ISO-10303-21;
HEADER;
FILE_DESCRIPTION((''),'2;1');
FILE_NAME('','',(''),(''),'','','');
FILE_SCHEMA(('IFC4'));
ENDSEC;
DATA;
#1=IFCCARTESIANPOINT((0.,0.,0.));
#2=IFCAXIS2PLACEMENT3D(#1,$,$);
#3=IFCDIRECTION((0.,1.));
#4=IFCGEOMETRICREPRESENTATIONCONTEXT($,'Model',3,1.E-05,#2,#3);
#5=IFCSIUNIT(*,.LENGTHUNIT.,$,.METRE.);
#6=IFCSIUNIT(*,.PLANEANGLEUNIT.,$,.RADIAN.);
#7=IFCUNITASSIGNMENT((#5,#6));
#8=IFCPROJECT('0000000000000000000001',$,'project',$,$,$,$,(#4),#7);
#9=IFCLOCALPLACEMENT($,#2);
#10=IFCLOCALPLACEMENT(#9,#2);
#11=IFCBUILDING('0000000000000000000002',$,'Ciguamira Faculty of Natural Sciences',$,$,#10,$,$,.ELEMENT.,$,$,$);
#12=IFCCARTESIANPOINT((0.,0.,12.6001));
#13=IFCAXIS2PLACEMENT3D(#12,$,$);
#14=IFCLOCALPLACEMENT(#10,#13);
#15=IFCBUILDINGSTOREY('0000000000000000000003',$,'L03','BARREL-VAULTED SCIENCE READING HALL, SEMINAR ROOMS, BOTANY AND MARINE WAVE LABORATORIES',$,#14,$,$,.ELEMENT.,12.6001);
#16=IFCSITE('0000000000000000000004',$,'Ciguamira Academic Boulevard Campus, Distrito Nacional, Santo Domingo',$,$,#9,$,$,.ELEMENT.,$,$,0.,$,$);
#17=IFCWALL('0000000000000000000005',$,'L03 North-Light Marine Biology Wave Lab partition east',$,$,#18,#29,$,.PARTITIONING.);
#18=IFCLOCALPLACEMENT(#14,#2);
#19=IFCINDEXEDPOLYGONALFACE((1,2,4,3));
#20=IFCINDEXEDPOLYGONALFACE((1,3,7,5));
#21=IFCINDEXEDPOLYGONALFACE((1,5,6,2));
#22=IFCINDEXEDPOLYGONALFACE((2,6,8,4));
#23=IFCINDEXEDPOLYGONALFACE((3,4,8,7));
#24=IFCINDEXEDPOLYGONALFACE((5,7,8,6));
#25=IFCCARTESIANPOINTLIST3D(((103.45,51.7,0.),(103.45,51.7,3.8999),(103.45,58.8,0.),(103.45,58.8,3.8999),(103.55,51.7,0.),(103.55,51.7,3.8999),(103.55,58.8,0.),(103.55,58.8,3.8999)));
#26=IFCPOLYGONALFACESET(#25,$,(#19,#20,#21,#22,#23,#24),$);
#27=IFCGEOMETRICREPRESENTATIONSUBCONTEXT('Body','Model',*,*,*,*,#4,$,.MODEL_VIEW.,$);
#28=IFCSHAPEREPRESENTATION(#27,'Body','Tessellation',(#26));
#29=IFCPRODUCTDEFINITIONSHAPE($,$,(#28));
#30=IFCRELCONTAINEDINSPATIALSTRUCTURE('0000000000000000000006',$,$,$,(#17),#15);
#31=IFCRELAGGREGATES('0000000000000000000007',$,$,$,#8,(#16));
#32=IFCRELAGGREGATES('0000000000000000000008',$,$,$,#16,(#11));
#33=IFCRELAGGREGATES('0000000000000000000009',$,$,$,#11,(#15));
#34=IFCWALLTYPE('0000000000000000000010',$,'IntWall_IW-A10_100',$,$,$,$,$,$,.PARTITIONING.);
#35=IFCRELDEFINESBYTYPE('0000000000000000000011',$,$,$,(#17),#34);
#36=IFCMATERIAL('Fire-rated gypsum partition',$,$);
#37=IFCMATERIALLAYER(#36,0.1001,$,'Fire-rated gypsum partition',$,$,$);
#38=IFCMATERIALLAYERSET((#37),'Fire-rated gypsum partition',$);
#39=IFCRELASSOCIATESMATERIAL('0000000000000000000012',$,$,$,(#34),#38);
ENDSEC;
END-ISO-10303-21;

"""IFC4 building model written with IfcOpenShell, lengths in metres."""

from ifc_helpers import new_model, si_unit, direction, frame, frame_2d, origin, place, context, subcontext, project, spatial, rectangle, extrude, material, layer, layer_set, type_object, element, save


model = new_model("IFC4")

# Units and contexts
model_context = context("Model", 3, precision=1e-05, world=origin(), true_north=direction((0.0, 1.0)))
body_context = subcontext(model_context, "Body", "Model", "MODEL_VIEW")
ifc_project = project(units=[si_unit("LENGTHUNIT", "METRE"), si_unit("PLANEANGLEUNIT", "RADIAN")], contexts=[model_context])

# Site, building, storey
site_placement = place(None, origin())
site = spatial("IfcSite", under=ifc_project, at=site_placement, Name="Ciguamira Academic Boulevard Campus, Distrito Nacional, Santo Domingo", CompositionType="ELEMENT", RefElevation=0.0)
building_placement = place(site_placement, origin())
building = spatial("IfcBuilding", under=site, at=building_placement, Name="Ciguamira Faculty of Natural Sciences", CompositionType="ELEMENT")
storey_placement = place(building_placement, frame((0.0, 0.0, 12.6001)))
storey = spatial("IfcBuildingStorey", under=building, at=storey_placement, Name="L03", Description="BARREL-VAULTED SCIENCE READING HALL, SEMINAR ROOMS, BOTANY AND MARINE WAVE LABORATORIES", CompositionType="ELEMENT", Elevation=12.6001)

# Wall
ifc_material_1 = material(Name="Fire-rated gypsum partition")
ifc_layer_1 = layer(ifc_material_1, 0.1001, Name="Fire-rated gypsum partition")
ifc_layer_set_1 = layer_set([ifc_layer_1], Name="Fire-rated gypsum partition")
wall_type_1 = type_object("IfcWallType", Name="IntWall_IW-A10_100", PredefinedType="PARTITIONING", material=ifc_layer_set_1)
wall_1_placement = place(storey_placement, frame((103.5, 51.7, 0.0), z_axis=(0.0, 0.0, 1.0), x_axis=(0.0, 1.0, 0.0)))
element("IfcWall", 1, at=wall_1_placement, inside=storey, type_object=wall_type_1, Name="L03 North-Light Marine Biology Wave Lab partition east", PredefinedType="PARTITIONING", context=body_context, shape_type="SweptSolid", body=[
    extrude(rectangle(XDim=7.1001, YDim=0.1001, at=frame_2d((3.55, 0.0))), origin(), (0.0, 0.0, 1.0), 3.8999),
])

save(model, "model.ifc")
